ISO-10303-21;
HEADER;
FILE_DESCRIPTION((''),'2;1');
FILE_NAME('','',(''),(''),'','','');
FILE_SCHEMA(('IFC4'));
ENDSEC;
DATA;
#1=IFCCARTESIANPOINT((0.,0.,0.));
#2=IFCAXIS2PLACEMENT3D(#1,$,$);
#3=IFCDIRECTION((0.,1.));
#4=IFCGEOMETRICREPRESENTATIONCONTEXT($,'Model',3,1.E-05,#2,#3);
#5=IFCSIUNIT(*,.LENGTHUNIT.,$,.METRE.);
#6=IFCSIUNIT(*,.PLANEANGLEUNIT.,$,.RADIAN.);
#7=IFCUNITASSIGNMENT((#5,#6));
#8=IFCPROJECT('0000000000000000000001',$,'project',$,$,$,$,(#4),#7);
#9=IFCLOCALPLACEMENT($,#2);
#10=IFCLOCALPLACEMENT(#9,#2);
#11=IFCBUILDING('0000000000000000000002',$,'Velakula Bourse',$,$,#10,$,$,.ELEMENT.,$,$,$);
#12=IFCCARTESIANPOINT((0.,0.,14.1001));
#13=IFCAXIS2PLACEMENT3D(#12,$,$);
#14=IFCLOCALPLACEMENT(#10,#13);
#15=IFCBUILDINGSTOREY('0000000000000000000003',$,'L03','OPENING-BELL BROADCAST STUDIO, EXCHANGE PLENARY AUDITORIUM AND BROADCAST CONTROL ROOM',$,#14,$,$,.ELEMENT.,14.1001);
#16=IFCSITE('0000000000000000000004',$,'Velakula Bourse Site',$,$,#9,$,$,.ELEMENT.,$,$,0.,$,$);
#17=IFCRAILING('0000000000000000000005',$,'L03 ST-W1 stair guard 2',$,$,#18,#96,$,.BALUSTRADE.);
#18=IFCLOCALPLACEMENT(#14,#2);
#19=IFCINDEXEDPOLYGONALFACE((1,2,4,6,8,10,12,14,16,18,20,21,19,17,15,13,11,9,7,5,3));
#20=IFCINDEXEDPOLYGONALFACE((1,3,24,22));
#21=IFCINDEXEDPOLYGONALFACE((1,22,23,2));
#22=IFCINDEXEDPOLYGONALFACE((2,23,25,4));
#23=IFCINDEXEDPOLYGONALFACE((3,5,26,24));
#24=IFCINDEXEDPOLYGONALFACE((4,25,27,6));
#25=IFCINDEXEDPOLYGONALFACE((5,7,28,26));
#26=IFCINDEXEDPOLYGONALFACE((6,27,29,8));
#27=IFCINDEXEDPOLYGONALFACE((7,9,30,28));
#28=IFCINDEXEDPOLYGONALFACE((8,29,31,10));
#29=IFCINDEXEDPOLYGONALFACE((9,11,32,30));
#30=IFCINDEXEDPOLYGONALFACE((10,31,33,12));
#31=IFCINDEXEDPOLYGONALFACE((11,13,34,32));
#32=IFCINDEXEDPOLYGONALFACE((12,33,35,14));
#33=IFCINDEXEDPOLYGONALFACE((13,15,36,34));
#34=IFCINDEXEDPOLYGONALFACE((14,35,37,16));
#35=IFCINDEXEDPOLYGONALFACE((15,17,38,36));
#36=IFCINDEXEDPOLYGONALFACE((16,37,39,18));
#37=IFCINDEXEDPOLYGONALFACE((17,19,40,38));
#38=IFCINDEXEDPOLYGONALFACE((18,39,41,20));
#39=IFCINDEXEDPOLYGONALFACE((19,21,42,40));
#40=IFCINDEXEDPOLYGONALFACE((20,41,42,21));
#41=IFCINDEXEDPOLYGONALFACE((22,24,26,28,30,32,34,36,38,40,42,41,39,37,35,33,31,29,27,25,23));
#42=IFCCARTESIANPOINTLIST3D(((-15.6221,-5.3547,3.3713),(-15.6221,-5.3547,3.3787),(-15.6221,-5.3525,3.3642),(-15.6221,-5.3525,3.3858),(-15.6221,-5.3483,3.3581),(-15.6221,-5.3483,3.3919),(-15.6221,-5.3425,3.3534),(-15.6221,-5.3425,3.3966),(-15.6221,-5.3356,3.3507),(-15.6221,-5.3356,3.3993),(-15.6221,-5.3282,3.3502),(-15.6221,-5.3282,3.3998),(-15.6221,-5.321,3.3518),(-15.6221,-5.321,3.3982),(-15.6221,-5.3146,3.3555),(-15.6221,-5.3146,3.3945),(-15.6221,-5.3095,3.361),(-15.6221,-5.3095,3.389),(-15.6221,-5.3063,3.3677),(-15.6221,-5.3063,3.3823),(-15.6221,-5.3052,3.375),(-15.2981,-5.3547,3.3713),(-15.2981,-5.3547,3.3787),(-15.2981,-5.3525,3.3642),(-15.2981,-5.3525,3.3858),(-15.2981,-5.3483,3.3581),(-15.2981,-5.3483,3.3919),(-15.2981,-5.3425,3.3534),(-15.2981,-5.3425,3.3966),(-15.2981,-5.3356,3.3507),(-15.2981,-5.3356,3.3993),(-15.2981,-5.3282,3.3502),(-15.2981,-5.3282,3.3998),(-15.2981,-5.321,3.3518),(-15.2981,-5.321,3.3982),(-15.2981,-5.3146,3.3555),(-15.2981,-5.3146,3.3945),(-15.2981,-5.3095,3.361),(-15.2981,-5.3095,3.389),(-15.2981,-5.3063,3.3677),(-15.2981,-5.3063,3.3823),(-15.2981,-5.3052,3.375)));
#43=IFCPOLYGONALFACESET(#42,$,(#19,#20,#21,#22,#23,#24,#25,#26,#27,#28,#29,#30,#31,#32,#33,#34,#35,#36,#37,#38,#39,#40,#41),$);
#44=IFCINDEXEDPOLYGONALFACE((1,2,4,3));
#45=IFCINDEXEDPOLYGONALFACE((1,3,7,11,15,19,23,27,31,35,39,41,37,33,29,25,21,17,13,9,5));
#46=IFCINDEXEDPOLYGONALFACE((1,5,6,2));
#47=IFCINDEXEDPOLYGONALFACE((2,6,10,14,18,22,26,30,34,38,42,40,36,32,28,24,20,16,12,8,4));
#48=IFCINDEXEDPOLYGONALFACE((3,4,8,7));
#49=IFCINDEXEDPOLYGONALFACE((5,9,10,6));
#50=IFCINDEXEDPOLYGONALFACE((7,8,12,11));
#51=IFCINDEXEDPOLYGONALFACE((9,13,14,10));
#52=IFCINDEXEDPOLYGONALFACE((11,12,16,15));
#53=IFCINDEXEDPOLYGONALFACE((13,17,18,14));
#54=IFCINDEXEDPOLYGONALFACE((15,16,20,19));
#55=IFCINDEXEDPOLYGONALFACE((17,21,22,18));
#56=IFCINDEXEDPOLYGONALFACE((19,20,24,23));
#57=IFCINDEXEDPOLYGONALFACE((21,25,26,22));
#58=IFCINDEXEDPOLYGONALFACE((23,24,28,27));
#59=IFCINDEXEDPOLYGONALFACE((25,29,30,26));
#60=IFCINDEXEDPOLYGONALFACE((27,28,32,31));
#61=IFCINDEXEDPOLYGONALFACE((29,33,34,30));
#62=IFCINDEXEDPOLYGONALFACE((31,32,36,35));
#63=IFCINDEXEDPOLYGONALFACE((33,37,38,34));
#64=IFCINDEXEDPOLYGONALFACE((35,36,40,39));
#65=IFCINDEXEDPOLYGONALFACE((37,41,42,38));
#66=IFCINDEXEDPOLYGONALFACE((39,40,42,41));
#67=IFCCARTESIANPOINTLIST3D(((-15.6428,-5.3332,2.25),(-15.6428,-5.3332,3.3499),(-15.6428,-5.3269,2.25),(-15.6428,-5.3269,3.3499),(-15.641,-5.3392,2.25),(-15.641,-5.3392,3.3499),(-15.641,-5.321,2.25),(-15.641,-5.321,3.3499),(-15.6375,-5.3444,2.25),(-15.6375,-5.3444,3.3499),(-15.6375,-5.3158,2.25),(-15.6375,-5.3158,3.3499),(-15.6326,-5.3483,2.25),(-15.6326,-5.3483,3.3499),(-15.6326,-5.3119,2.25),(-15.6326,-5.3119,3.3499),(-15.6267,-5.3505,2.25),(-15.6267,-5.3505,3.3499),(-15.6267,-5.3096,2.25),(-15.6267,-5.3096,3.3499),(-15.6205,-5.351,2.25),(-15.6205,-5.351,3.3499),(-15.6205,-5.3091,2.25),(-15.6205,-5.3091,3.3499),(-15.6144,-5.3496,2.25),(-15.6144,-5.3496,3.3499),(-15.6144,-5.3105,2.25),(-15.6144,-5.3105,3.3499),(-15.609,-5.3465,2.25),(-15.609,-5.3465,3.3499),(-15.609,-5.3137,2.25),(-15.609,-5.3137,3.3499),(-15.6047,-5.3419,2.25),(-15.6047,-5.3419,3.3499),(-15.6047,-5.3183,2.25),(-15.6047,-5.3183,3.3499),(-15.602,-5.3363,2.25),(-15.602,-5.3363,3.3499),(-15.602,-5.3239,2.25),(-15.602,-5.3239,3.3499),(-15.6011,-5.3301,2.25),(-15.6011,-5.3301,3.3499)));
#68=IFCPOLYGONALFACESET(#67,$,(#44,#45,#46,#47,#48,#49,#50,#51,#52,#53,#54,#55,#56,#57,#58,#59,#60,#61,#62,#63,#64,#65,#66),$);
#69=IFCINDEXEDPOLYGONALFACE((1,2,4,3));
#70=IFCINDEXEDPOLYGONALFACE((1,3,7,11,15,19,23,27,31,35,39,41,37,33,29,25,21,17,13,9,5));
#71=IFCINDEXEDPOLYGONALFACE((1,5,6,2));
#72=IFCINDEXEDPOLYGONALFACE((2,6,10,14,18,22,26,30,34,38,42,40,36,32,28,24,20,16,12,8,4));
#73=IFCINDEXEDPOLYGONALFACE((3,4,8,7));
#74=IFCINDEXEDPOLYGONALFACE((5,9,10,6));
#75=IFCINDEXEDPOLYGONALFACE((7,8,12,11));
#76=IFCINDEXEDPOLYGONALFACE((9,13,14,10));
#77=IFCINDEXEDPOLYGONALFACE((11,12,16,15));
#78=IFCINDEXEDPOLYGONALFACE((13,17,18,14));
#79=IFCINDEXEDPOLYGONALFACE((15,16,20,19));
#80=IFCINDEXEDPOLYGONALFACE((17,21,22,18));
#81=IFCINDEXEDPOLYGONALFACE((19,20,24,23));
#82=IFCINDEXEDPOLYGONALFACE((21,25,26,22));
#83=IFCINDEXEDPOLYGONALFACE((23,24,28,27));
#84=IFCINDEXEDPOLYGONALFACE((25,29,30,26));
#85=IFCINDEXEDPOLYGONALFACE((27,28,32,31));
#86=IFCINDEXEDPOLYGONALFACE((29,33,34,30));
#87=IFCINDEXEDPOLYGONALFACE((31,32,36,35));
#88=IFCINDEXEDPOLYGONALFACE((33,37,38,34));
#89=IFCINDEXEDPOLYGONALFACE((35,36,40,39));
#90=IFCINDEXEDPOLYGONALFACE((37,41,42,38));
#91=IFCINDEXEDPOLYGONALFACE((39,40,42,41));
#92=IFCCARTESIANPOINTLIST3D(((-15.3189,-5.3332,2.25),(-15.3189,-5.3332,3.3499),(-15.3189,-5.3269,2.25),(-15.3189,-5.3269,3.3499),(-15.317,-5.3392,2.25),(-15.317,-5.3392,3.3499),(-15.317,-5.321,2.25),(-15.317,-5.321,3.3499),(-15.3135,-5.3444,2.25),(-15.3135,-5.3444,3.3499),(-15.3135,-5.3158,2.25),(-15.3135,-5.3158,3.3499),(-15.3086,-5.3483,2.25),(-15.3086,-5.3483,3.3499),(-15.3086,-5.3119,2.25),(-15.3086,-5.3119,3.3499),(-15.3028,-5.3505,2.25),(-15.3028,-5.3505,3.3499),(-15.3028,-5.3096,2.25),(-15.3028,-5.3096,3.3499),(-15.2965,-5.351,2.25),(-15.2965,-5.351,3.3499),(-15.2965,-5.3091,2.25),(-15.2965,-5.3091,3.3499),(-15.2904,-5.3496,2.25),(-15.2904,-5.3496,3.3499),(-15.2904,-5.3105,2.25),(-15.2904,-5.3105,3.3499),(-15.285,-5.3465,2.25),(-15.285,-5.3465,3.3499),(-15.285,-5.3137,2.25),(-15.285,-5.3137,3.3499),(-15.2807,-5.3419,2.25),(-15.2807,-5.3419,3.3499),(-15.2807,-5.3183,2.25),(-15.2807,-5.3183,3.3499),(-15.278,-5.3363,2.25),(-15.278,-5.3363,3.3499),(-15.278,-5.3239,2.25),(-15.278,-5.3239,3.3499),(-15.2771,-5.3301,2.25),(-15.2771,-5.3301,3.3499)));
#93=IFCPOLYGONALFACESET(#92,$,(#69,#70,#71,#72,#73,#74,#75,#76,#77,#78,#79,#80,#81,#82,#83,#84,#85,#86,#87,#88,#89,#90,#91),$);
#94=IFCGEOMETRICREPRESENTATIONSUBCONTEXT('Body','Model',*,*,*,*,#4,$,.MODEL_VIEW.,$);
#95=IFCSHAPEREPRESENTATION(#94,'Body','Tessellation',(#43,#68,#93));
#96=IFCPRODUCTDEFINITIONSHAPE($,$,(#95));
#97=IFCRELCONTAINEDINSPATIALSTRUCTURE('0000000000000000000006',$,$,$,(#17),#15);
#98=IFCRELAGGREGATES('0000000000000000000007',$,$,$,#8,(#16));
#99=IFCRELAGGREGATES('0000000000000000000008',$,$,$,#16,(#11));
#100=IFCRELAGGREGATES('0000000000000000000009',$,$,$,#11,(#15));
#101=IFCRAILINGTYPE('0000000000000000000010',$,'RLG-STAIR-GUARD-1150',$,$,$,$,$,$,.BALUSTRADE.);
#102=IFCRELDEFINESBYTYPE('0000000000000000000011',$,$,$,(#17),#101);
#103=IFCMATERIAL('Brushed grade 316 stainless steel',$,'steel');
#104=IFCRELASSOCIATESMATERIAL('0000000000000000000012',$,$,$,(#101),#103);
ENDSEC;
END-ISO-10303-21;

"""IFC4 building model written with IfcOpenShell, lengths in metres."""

from ifc_helpers import new_model, si_unit, direction, frame, origin, origin_2d, place, context, subcontext, project, spatial, circle, extrude, material, type_object, element, save


model = new_model("IFC4")

# Units and contexts
model_context = context("Model", 3, precision=1e-05, world=origin(), true_north=direction((0.0, 1.0)))
body_context = subcontext(model_context, "Body", "Model", "MODEL_VIEW")
ifc_project = project(units=[si_unit("LENGTHUNIT", "METRE"), si_unit("PLANEANGLEUNIT", "RADIAN")], contexts=[model_context])

# Site, building, storey
site_placement = place(None, origin())
site = spatial("IfcSite", under=ifc_project, at=site_placement, Name="Velakula Bourse Site", CompositionType="ELEMENT", RefElevation=0.0)
building_placement = place(site_placement, origin())
building = spatial("IfcBuilding", under=site, at=building_placement, Name="Velakula Bourse", CompositionType="ELEMENT")
storey_placement = place(building_placement, frame((0.0, 0.0, 14.1001)))
storey = spatial("IfcBuildingStorey", under=building, at=storey_placement, Name="L03", Description="OPENING-BELL BROADCAST STUDIO, EXCHANGE PLENARY AUDITORIUM AND BROADCAST CONTROL ROOM", CompositionType="ELEMENT", Elevation=14.1001)

# Shared definitions
ifc_material_1 = material(Name="Brushed grade 316 stainless steel", Category="steel")

# Railing
railing_type_1 = type_object("IfcRailingType", Name="RLG-STAIR-GUARD-1150", PredefinedType="BALUSTRADE", material=ifc_material_1)
railing_1_placement = place(storey_placement, frame((-15.6221, -5.3301, 2.25)))
element("IfcRailing", 1, at=railing_1_placement, inside=storey, type_object=railing_type_1, Name="L03 ST-W1 stair guard 2", PredefinedType="BALUSTRADE", context=body_context, shape_type="SweptSolid", body=[
    extrude(circle(Radius=0.0249, at=origin_2d()), frame((0.0, 0.0, 1.125), z_axis=(1.0, 0.0, 0.0), x_axis=(0.0, 1.0, 0.0)), (0.0, 0.0, 1.0), 0.324),
    extrude(circle(Radius=0.021, at=origin_2d()), origin(), (0.0, 0.0, 1.0), 1.0999),
    extrude(circle(Radius=0.021, at=origin_2d()), frame((0.324, 0.0, 0.0)), (0.0, 0.0, 1.0), 1.0999),
])

save(model, "model.ifc")
